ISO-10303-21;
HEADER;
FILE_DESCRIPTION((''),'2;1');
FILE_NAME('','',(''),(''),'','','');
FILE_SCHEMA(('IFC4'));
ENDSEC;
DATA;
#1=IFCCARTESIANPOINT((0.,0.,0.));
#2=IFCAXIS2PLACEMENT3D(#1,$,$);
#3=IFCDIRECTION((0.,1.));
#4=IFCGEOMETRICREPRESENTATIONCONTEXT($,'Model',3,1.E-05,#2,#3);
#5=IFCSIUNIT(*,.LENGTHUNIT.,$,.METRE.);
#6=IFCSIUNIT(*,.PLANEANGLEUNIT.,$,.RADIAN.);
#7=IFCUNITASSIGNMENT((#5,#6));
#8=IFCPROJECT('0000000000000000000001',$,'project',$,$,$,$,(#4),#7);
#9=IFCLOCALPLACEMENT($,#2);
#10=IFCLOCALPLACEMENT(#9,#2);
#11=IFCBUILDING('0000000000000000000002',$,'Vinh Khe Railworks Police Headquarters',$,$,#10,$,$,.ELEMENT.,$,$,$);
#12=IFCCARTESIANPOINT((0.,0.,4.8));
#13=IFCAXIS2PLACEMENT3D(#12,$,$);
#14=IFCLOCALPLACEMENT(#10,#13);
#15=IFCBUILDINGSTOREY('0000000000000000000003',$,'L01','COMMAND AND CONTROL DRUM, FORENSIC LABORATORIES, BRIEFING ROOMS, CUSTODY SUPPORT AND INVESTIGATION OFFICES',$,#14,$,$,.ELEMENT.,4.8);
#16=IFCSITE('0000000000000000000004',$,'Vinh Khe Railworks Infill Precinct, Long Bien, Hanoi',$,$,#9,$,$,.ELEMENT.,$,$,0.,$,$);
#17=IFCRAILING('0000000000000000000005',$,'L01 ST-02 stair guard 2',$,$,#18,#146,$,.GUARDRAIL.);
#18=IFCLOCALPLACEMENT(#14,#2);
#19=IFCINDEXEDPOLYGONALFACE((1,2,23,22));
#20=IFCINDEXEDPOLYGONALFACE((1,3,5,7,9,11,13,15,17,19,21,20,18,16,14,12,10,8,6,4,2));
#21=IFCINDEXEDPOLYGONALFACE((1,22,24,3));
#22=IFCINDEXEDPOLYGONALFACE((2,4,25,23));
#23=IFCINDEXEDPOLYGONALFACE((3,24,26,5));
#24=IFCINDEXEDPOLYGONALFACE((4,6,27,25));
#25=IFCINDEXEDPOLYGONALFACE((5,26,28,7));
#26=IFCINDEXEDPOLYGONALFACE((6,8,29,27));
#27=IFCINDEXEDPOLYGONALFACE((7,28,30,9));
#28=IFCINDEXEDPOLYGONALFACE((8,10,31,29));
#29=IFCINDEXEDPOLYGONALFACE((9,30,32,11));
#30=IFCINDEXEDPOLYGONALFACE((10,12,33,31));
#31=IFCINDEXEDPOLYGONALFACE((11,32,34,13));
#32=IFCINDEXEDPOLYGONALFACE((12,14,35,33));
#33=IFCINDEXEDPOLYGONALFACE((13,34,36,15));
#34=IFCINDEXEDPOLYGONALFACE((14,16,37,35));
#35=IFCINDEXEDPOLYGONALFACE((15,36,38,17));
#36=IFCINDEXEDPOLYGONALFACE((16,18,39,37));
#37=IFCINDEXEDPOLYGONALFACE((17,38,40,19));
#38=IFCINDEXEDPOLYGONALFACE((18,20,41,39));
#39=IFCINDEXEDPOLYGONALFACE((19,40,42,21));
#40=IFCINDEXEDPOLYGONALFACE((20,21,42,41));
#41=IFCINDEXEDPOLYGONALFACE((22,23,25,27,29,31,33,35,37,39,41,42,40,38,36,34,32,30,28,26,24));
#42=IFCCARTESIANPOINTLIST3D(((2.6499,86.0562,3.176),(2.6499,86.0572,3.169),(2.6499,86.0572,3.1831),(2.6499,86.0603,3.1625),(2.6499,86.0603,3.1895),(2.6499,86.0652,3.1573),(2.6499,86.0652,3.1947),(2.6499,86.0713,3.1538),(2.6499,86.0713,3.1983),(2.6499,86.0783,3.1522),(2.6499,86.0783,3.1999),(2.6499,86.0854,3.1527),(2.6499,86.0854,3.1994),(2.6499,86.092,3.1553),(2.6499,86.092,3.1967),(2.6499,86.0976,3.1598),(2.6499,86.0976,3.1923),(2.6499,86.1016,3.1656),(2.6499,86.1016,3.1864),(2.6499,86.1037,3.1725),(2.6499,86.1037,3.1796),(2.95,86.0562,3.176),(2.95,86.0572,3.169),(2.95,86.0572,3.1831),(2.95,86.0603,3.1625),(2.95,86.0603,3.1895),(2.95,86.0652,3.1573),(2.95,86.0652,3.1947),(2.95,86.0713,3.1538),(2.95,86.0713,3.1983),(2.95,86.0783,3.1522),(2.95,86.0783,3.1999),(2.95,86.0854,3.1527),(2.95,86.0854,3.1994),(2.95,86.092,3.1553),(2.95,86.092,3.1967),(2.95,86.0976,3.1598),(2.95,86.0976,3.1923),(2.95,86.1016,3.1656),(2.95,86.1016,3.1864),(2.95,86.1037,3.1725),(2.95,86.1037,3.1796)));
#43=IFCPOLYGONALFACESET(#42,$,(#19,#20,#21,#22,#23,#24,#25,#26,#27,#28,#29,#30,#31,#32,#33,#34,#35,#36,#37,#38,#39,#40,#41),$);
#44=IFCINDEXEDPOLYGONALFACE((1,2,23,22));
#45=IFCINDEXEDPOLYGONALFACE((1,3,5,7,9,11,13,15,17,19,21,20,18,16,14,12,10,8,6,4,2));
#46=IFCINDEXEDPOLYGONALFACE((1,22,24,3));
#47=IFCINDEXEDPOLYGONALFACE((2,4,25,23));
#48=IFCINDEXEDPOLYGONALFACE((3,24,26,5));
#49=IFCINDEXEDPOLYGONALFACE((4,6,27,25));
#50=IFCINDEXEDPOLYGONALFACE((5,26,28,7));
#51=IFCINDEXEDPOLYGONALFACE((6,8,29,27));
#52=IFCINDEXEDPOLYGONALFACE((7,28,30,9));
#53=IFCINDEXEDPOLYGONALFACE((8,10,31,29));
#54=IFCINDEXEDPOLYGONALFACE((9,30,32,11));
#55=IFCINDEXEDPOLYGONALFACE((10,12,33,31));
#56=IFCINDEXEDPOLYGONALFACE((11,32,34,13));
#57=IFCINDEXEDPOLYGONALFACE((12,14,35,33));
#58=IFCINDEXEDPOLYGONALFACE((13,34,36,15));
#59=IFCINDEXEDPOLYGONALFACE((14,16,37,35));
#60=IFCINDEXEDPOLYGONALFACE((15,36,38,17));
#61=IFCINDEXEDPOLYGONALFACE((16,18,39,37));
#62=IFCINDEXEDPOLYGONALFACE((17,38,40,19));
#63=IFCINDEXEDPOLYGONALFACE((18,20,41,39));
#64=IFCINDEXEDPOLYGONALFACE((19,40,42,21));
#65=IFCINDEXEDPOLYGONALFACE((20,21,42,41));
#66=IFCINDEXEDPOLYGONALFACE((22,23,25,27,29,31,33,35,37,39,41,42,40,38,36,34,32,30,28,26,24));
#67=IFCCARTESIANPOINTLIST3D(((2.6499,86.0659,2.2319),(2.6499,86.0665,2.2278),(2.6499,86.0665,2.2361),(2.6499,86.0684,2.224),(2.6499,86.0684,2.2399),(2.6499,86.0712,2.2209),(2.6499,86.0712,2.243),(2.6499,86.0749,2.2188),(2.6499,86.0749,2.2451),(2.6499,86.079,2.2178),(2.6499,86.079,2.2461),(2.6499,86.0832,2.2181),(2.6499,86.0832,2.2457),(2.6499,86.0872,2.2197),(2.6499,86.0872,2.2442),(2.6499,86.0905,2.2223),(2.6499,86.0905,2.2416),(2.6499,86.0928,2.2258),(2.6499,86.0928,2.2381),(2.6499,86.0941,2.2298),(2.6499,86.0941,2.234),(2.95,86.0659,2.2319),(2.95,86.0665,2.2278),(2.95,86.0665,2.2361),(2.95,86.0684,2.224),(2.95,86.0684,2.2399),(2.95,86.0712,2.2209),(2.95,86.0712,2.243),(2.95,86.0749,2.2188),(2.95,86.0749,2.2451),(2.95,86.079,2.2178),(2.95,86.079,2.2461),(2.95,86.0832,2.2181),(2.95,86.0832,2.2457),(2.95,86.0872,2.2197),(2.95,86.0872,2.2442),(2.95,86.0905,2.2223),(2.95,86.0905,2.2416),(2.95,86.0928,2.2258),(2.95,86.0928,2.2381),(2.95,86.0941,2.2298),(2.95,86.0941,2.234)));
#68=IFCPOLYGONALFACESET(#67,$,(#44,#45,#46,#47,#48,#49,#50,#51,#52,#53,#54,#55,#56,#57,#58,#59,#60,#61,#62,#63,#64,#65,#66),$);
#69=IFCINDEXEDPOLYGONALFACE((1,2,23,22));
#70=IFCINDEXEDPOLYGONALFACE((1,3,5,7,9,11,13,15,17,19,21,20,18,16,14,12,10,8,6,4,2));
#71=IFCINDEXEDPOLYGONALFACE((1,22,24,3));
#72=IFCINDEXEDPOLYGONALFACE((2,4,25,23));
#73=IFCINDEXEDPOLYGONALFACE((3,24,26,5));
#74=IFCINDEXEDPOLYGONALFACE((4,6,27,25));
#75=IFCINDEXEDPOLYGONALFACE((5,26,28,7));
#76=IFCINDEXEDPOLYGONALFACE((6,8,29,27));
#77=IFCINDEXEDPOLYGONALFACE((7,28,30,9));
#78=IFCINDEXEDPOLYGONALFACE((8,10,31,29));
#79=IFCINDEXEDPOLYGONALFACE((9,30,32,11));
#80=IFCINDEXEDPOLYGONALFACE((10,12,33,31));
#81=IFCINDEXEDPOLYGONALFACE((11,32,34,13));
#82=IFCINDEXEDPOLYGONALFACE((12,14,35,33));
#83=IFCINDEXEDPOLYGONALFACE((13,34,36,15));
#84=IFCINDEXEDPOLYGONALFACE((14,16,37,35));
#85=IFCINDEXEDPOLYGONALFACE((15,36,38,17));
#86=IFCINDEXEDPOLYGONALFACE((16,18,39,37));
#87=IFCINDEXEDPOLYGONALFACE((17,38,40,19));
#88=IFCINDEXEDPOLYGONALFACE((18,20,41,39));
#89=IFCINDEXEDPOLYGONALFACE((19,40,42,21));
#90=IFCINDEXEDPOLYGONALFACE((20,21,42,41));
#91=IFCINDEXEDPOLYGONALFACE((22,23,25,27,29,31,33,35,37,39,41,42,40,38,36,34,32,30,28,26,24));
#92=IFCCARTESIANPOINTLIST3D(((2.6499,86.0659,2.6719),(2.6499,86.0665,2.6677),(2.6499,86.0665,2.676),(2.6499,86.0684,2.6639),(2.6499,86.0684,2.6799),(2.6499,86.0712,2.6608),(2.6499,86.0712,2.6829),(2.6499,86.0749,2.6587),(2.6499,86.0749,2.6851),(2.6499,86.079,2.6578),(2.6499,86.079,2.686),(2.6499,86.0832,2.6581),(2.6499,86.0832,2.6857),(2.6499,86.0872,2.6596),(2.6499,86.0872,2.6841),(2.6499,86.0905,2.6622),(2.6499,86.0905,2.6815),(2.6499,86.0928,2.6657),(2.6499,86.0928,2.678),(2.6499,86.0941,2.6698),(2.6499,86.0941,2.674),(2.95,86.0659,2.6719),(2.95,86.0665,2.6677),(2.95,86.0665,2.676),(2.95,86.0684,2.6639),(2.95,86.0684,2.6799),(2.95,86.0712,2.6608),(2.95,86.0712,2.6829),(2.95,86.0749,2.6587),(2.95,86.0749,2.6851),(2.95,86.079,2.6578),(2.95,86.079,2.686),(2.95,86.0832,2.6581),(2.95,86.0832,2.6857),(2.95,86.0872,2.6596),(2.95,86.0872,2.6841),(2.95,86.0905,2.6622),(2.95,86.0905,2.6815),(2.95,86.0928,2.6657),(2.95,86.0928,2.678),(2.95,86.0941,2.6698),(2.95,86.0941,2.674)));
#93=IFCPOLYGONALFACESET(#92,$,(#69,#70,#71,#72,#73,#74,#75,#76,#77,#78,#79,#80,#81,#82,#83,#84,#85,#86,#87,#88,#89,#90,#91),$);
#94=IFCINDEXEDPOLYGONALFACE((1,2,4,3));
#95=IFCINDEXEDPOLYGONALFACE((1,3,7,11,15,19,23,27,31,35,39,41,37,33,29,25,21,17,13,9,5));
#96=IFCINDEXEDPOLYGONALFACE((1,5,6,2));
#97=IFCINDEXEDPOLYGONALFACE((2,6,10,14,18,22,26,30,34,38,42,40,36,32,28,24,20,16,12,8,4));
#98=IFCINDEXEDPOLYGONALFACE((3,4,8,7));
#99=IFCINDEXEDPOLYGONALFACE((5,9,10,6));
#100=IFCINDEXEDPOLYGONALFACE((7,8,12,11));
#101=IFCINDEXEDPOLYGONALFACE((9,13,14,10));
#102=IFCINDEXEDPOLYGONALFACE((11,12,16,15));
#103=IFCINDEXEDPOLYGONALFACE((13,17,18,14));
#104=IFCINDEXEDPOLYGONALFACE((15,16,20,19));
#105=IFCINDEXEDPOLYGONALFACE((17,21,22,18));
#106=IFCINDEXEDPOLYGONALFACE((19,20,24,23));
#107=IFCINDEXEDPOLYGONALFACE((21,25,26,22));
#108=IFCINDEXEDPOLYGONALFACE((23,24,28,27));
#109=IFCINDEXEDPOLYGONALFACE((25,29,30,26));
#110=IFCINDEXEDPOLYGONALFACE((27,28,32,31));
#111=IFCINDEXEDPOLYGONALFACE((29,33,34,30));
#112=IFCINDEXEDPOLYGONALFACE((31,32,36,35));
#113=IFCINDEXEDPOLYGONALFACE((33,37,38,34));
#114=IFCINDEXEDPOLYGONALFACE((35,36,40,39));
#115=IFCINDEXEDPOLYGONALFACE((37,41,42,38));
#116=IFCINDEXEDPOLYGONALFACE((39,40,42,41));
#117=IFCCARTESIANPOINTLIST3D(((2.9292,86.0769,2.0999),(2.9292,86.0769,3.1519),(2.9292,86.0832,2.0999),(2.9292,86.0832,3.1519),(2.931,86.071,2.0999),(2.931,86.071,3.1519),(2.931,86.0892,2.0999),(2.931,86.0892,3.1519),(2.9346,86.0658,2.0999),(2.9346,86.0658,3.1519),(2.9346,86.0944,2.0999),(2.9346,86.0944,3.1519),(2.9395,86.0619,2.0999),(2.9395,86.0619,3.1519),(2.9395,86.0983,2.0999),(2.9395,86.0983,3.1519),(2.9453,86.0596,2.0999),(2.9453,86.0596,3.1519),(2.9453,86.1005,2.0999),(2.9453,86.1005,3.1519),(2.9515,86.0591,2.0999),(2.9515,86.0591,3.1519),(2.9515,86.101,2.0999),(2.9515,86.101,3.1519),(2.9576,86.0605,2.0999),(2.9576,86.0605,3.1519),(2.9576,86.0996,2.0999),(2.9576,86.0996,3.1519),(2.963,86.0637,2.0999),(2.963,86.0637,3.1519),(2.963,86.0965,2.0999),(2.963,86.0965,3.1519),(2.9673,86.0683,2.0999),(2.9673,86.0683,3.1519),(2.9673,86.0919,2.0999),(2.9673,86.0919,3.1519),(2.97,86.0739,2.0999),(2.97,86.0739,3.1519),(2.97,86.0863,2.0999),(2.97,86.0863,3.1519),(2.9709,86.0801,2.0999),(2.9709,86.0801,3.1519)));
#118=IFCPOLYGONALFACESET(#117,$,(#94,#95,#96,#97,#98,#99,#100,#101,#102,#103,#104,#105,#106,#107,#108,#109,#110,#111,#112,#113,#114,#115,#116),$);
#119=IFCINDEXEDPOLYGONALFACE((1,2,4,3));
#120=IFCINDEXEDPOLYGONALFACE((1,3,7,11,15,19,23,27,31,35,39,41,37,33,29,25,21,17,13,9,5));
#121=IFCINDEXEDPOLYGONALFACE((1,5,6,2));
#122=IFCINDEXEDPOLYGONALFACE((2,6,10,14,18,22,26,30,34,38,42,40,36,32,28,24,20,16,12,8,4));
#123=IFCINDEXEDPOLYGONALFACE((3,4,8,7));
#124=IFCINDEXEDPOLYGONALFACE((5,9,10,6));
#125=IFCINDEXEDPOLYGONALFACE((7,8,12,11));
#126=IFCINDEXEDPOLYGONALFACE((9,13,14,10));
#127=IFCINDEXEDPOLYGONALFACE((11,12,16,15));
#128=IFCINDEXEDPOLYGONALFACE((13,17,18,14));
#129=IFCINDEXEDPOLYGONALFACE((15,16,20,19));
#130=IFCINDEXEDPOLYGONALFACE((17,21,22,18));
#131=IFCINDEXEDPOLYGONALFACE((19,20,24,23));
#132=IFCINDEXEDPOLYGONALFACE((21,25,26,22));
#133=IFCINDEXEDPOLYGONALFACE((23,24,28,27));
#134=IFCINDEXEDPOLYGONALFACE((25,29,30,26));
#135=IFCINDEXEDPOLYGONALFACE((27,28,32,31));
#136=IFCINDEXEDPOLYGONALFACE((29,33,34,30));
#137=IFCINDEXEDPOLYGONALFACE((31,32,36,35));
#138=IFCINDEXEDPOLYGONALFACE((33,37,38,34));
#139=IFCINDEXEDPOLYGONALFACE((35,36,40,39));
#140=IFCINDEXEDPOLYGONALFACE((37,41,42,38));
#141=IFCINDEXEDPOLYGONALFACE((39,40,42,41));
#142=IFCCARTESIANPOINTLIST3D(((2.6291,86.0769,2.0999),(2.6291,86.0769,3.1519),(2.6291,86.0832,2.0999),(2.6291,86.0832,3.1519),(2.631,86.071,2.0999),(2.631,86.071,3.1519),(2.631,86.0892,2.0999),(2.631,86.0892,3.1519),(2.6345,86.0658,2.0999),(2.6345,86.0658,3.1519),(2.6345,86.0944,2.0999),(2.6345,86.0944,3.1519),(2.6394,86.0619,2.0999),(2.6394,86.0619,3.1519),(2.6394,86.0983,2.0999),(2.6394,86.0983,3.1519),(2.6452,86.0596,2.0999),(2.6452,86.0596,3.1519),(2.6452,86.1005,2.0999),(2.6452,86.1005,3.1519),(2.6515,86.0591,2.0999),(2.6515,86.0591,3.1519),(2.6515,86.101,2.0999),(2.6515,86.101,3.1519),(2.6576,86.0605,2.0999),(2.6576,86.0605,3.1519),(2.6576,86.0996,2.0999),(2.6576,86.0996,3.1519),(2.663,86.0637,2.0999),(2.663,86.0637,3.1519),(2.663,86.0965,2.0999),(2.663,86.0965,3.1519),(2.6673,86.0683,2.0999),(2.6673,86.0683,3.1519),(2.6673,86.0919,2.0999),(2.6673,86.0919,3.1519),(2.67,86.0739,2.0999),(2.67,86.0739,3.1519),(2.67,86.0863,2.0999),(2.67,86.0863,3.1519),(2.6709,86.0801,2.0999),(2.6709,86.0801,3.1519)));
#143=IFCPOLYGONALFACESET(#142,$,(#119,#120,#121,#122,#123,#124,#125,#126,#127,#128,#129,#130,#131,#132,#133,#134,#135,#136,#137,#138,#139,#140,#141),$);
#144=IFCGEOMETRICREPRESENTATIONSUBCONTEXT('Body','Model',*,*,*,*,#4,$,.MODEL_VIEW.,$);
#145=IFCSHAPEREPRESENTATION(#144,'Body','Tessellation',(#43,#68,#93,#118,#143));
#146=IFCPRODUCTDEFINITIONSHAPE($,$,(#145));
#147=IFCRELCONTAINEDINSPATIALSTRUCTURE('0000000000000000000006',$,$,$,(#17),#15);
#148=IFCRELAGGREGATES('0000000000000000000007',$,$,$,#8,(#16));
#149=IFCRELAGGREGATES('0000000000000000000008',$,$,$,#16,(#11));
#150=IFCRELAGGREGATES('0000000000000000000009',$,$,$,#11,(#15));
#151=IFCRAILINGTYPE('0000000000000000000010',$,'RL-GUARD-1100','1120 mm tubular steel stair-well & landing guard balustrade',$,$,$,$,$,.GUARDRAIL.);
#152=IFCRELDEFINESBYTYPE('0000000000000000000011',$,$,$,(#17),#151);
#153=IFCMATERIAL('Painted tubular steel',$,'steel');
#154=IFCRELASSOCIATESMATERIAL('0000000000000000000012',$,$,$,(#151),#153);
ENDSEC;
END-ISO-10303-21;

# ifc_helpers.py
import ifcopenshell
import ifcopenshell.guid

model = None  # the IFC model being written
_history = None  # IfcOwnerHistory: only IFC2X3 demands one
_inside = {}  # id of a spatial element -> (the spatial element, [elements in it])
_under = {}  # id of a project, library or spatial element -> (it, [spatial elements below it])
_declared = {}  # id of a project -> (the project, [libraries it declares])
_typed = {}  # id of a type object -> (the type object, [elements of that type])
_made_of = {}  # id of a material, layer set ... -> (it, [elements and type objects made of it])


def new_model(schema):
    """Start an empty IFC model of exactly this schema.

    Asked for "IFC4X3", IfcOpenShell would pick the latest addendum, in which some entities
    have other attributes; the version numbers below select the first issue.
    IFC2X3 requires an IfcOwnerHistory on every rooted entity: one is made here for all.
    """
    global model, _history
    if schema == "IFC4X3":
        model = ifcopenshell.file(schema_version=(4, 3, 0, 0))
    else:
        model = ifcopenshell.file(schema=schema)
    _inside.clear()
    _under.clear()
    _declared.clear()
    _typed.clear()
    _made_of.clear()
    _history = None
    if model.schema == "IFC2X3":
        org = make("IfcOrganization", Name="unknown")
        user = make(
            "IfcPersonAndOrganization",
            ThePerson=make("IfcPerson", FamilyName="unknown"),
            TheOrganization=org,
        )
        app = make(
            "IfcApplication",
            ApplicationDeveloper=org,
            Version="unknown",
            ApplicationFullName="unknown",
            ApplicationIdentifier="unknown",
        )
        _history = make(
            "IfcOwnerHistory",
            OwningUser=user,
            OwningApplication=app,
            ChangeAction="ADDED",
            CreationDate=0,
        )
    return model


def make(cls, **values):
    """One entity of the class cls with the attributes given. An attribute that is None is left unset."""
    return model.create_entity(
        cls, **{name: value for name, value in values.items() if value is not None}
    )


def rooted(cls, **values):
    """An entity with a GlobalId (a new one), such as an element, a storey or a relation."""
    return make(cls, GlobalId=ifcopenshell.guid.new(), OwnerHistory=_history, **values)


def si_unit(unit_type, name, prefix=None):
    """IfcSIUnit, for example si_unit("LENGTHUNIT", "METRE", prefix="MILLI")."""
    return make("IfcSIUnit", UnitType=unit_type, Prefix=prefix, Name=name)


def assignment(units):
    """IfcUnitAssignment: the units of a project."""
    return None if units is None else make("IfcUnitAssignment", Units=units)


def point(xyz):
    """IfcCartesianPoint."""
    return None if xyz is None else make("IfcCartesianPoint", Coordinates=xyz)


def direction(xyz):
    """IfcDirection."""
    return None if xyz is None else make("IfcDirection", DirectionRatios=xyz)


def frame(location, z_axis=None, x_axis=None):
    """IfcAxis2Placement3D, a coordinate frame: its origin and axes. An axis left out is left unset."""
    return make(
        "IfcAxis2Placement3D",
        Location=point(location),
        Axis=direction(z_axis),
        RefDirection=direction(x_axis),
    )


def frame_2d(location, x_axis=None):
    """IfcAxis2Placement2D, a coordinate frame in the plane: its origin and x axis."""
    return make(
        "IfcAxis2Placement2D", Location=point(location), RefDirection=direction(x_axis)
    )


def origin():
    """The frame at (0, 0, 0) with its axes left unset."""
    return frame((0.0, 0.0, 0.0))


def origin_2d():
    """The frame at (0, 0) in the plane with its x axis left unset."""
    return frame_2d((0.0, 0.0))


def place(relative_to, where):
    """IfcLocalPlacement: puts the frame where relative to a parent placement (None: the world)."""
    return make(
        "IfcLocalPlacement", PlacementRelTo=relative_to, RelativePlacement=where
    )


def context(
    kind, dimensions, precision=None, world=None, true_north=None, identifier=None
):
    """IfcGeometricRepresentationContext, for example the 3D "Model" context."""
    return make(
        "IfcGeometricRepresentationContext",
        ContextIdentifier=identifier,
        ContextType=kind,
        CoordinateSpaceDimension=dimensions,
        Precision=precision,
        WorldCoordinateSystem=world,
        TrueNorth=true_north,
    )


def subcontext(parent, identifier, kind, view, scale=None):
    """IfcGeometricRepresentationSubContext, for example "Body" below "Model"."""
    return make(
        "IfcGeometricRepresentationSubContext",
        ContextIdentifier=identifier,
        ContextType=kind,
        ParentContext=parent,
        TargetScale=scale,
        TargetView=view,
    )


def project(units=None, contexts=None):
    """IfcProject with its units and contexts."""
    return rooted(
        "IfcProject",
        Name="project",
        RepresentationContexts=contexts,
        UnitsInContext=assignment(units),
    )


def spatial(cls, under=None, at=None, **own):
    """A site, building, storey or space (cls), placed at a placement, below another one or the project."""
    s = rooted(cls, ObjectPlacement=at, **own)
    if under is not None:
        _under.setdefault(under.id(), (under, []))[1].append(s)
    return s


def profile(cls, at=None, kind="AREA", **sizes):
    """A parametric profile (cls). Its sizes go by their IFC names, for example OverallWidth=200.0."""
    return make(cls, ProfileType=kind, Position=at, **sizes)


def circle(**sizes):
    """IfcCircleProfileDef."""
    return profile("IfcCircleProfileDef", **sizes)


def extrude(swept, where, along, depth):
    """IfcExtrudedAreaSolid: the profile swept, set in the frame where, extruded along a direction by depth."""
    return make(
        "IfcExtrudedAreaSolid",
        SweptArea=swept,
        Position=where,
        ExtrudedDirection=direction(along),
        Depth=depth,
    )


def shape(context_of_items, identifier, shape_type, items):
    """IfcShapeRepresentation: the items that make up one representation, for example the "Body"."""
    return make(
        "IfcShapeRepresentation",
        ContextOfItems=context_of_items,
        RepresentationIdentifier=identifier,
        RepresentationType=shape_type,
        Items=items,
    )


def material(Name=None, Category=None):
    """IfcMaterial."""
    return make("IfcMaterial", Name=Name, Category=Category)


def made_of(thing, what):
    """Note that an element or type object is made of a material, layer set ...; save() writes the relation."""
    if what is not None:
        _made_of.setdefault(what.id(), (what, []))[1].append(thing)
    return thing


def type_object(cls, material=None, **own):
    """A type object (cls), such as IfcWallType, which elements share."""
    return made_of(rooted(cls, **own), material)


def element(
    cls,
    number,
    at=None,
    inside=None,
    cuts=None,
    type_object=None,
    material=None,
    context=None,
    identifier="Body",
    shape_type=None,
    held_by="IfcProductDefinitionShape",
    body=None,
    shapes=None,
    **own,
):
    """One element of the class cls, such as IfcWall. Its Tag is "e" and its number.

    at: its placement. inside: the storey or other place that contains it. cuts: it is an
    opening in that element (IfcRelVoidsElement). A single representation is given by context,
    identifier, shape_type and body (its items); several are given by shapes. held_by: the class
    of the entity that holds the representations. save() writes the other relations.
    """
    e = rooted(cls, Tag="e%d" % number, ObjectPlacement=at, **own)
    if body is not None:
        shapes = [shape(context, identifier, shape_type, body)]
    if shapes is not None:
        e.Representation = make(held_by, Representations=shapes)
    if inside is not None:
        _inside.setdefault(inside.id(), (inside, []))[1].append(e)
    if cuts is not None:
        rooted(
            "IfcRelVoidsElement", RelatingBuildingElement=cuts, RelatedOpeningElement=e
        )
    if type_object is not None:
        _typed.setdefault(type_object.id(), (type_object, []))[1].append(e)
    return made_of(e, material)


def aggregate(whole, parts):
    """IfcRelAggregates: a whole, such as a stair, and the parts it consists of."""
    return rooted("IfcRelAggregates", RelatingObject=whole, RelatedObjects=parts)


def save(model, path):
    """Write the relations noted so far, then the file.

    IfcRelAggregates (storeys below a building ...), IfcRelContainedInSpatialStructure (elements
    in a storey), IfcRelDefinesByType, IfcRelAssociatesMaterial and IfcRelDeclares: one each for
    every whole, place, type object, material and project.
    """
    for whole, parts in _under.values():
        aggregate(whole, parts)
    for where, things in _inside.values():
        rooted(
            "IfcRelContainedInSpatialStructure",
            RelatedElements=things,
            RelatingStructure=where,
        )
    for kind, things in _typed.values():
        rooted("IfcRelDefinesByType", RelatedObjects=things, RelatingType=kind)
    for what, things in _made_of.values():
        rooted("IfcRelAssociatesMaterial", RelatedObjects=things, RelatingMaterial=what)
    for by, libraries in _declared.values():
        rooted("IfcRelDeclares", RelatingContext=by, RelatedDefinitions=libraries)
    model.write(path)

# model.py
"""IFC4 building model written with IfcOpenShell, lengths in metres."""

from ifc_helpers import new_model, si_unit, direction, frame, origin, origin_2d, place, context, subcontext, project, spatial, circle, extrude, material, type_object, element, save


model = new_model("IFC4")

# Units and contexts
model_context = context("Model", 3, precision=1e-05, world=origin(), true_north=direction((0.0, 1.0)))
body_context = subcontext(model_context, "Body", "Model", "MODEL_VIEW")
ifc_project = project(units=[si_unit("LENGTHUNIT", "METRE"), si_unit("PLANEANGLEUNIT", "RADIAN")], contexts=[model_context])

# Site, building, storey
site_placement = place(None, origin())
site = spatial("IfcSite", under=ifc_project, at=site_placement, Name="Vinh Khe Railworks Infill Precinct, Long Bien, Hanoi", CompositionType="ELEMENT", RefElevation=0.0)
building_placement = place(site_placement, origin())
building = spatial("IfcBuilding", under=site, at=building_placement, Name="Vinh Khe Railworks Police Headquarters", CompositionType="ELEMENT")
storey_placement = place(building_placement, frame((0.0, 0.0, 4.8)))
storey = spatial("IfcBuildingStorey", under=building, at=storey_placement, Name="L01", Description="COMMAND AND CONTROL DRUM, FORENSIC LABORATORIES, BRIEFING ROOMS, CUSTODY SUPPORT AND INVESTIGATION OFFICES", CompositionType="ELEMENT", Elevation=4.8)

# Railing
ifc_material_1 = material(Name="Painted tubular steel", Category="steel")
railing_type_1 = type_object("IfcRailingType", Name="RL-GUARD-1100", Description="1120 mm tubular steel stair-well & landing guard balustrade", PredefinedType="GUARDRAIL", material=ifc_material_1)
railing_1_placement = place(storey_placement, frame((2.95, 86.0801, 2.0999)))
element("IfcRailing", 1, at=railing_1_placement, inside=storey, type_object=railing_type_1, Name="L01 ST-02 stair guard 2", PredefinedType="GUARDRAIL", context=body_context, shape_type="SweptSolid", body=[
    extrude(circle(Radius=0.0239, at=origin_2d()), frame((0.0, 0.0, 1.0762), z_axis=(-1.0, 0.0, 0.0), x_axis=(0.0, -1.0, 0.0)), (0.0, 0.0, 1.0), 0.3),
    extrude(circle(Radius=0.0142, at=origin_2d()), frame((0.0, 0.0, 0.1321), z_axis=(-1.0, 0.0, 0.0), x_axis=(0.0, -1.0, 0.0)), (0.0, 0.0, 1.0), 0.3),
    extrude(circle(Radius=0.0142, at=origin_2d()), frame((0.0, 0.0, 0.572), z_axis=(-1.0, 0.0, 0.0), x_axis=(0.0, -1.0, 0.0)), (0.0, 0.0, 1.0), 0.3),
    extrude(circle(Radius=0.021, at=origin_2d()), origin(), (0.0, 0.0, 1.0), 1.052),
    extrude(circle(Radius=0.021, at=origin_2d()), frame((-0.3, 0.0, 0.0)), (0.0, 0.0, 1.0), 1.052),
])

save(model, "model.ifc")
